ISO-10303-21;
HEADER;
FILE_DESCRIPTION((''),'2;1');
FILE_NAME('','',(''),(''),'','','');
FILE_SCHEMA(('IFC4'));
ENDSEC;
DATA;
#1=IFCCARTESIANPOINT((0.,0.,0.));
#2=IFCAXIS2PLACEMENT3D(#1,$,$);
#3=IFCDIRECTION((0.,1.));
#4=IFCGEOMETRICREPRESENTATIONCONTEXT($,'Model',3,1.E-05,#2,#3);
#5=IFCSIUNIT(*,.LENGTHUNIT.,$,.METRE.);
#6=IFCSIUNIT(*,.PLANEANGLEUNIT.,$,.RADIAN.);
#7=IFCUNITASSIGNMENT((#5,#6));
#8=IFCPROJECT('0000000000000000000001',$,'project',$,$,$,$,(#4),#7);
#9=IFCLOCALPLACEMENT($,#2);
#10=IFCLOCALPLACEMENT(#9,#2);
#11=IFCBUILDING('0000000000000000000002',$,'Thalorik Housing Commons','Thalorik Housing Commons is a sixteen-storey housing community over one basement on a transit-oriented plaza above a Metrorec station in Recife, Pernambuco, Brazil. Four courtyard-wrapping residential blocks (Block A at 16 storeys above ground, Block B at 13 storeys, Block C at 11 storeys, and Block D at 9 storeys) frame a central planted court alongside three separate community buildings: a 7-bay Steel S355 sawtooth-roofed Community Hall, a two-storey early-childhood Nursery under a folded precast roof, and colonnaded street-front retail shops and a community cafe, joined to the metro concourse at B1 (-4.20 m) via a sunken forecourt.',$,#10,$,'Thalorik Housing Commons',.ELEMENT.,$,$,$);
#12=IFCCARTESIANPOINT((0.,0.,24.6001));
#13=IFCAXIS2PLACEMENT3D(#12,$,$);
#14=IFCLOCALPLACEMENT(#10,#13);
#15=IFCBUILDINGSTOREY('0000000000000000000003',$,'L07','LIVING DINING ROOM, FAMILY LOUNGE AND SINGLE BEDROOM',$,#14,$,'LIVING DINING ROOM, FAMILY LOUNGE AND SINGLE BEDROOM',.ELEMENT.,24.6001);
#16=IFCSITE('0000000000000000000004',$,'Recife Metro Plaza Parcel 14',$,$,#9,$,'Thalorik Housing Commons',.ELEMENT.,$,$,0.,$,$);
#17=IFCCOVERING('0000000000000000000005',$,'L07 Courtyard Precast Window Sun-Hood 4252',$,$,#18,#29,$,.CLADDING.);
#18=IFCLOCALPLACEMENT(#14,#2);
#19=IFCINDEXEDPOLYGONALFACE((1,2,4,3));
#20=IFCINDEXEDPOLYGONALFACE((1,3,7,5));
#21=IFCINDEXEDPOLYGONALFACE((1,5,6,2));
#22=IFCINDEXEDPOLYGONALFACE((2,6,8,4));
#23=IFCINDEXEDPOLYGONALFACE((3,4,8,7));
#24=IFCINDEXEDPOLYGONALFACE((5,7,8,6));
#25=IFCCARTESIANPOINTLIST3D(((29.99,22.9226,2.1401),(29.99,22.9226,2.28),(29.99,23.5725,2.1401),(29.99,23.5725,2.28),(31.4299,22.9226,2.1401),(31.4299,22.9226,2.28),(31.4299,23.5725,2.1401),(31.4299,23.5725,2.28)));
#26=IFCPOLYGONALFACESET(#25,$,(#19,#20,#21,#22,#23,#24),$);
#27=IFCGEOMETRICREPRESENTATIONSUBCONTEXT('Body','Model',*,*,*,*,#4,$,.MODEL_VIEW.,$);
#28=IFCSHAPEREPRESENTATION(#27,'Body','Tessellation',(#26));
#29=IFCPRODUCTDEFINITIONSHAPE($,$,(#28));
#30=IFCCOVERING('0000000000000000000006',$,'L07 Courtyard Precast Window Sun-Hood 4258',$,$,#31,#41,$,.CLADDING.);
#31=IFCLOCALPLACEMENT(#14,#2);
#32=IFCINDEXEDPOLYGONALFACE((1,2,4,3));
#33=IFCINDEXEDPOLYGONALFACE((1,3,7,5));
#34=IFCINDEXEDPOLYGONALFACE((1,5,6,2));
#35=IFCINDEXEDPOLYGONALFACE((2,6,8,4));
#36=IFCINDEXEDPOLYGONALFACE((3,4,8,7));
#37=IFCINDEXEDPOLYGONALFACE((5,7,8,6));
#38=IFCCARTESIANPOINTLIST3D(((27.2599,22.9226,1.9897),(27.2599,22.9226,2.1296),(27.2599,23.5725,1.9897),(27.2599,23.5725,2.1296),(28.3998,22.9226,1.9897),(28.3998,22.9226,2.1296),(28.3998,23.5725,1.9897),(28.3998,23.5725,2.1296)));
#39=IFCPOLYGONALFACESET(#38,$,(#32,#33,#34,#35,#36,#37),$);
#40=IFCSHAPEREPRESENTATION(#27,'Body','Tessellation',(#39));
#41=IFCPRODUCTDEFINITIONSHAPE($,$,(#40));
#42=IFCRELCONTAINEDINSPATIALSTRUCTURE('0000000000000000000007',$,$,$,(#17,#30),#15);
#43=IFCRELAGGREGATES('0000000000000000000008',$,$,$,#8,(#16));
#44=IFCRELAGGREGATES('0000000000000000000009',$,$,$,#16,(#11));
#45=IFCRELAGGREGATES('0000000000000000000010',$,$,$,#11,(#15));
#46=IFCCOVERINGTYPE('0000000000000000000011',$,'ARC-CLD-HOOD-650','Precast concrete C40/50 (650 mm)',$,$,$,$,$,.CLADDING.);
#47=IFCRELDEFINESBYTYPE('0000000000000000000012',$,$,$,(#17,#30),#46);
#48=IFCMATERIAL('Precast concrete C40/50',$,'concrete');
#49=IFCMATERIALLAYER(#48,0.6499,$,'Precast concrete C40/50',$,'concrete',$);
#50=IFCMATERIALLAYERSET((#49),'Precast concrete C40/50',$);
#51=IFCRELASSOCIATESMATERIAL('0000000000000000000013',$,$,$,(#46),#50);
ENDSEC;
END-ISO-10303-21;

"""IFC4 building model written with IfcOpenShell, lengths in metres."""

from ifc_helpers import new_model, si_unit, direction, frame, origin, origin_2d, place, context, subcontext, project, spatial, rectangle, extrude, material, layer, layer_set, type_object, element, save


model = new_model("IFC4")

# Units and contexts
model_context = context("Model", 3, precision=1e-05, world=origin(), true_north=direction((0.0, 1.0)))
body_context = subcontext(model_context, "Body", "Model", "MODEL_VIEW")
ifc_project = project(units=[si_unit("LENGTHUNIT", "METRE"), si_unit("PLANEANGLEUNIT", "RADIAN")], contexts=[model_context])

# Site, building, storey
site_placement = place(None, origin())
site = spatial("IfcSite", under=ifc_project, at=site_placement, Name="Recife Metro Plaza Parcel 14", LongName="Thalorik Housing Commons", CompositionType="ELEMENT", RefElevation=0.0)
building_placement = place(site_placement, origin())
building = spatial("IfcBuilding", under=site, at=building_placement, Name="Thalorik Housing Commons", Description="Thalorik Housing Commons is a sixteen-storey housing community over one basement on a transit-oriented plaza above a Metrorec station in Recife, Pernambuco, Brazil. Four courtyard-wrapping residential blocks (Block A at 16 storeys above ground, Block B at 13 storeys, Block C at 11 storeys, and Block D at 9 storeys) frame a central planted court alongside three separate community buildings: a 7-bay Steel S355 sawtooth-roofed Community Hall, a two-storey early-childhood Nursery under a folded precast roof, and colonnaded street-front retail shops and a community cafe, joined to the metro concourse at B1 (-4.20 m) via a sunken forecourt.", LongName="Thalorik Housing Commons", CompositionType="ELEMENT")
storey_placement = place(building_placement, frame((0.0, 0.0, 24.6001)))
storey = spatial("IfcBuildingStorey", under=building, at=storey_placement, Name="L07", Description="LIVING DINING ROOM, FAMILY LOUNGE AND SINGLE BEDROOM", LongName="LIVING DINING ROOM, FAMILY LOUNGE AND SINGLE BEDROOM", CompositionType="ELEMENT", Elevation=24.6001)

# Shared definitions
ifc_material_1 = material(Name="Precast concrete C40/50", Category="concrete")

# Coverings
ifc_layer_1 = layer(ifc_material_1, 0.6499, Name="Precast concrete C40/50", Category="concrete")
ifc_layer_set_1 = layer_set([ifc_layer_1], Name="Precast concrete C40/50")
covering_type_1 = type_object("IfcCoveringType", Name="ARC-CLD-HOOD-650", Description="Precast concrete C40/50 (650 mm)", PredefinedType="CLADDING", material=ifc_layer_set_1)
covering_1_placement = place(storey_placement, frame((30.71, 23.2476, 2.1401), z_axis=(0.0, 0.0, 1.0), x_axis=(-1.0, 0.0, 0.0)))
element("IfcCovering", 1, at=covering_1_placement, inside=storey, type_object=covering_type_1, Name="L07 Courtyard Precast Window Sun-Hood 4252", PredefinedType="CLADDING", context=body_context, shape_type="SweptSolid", body=[
    extrude(rectangle(XDim=1.4399, YDim=0.6499, at=origin_2d()), origin(), (0.0, 0.0, 1.0), 0.1399),
])
covering_2_placement = place(storey_placement, frame((27.8298, 23.2476, 1.9897), z_axis=(0.0, 0.0, 1.0), x_axis=(-1.0, 0.0, 0.0)))
element("IfcCovering", 2, at=covering_2_placement, inside=storey, type_object=covering_type_1, Name="L07 Courtyard Precast Window Sun-Hood 4258", PredefinedType="CLADDING", context=body_context, shape_type="SweptSolid", body=[
    extrude(rectangle(XDim=1.1399, YDim=0.6499, at=origin_2d()), origin(), (0.0, 0.0, 1.0), 0.1399),
])

save(model, "model.ifc")
